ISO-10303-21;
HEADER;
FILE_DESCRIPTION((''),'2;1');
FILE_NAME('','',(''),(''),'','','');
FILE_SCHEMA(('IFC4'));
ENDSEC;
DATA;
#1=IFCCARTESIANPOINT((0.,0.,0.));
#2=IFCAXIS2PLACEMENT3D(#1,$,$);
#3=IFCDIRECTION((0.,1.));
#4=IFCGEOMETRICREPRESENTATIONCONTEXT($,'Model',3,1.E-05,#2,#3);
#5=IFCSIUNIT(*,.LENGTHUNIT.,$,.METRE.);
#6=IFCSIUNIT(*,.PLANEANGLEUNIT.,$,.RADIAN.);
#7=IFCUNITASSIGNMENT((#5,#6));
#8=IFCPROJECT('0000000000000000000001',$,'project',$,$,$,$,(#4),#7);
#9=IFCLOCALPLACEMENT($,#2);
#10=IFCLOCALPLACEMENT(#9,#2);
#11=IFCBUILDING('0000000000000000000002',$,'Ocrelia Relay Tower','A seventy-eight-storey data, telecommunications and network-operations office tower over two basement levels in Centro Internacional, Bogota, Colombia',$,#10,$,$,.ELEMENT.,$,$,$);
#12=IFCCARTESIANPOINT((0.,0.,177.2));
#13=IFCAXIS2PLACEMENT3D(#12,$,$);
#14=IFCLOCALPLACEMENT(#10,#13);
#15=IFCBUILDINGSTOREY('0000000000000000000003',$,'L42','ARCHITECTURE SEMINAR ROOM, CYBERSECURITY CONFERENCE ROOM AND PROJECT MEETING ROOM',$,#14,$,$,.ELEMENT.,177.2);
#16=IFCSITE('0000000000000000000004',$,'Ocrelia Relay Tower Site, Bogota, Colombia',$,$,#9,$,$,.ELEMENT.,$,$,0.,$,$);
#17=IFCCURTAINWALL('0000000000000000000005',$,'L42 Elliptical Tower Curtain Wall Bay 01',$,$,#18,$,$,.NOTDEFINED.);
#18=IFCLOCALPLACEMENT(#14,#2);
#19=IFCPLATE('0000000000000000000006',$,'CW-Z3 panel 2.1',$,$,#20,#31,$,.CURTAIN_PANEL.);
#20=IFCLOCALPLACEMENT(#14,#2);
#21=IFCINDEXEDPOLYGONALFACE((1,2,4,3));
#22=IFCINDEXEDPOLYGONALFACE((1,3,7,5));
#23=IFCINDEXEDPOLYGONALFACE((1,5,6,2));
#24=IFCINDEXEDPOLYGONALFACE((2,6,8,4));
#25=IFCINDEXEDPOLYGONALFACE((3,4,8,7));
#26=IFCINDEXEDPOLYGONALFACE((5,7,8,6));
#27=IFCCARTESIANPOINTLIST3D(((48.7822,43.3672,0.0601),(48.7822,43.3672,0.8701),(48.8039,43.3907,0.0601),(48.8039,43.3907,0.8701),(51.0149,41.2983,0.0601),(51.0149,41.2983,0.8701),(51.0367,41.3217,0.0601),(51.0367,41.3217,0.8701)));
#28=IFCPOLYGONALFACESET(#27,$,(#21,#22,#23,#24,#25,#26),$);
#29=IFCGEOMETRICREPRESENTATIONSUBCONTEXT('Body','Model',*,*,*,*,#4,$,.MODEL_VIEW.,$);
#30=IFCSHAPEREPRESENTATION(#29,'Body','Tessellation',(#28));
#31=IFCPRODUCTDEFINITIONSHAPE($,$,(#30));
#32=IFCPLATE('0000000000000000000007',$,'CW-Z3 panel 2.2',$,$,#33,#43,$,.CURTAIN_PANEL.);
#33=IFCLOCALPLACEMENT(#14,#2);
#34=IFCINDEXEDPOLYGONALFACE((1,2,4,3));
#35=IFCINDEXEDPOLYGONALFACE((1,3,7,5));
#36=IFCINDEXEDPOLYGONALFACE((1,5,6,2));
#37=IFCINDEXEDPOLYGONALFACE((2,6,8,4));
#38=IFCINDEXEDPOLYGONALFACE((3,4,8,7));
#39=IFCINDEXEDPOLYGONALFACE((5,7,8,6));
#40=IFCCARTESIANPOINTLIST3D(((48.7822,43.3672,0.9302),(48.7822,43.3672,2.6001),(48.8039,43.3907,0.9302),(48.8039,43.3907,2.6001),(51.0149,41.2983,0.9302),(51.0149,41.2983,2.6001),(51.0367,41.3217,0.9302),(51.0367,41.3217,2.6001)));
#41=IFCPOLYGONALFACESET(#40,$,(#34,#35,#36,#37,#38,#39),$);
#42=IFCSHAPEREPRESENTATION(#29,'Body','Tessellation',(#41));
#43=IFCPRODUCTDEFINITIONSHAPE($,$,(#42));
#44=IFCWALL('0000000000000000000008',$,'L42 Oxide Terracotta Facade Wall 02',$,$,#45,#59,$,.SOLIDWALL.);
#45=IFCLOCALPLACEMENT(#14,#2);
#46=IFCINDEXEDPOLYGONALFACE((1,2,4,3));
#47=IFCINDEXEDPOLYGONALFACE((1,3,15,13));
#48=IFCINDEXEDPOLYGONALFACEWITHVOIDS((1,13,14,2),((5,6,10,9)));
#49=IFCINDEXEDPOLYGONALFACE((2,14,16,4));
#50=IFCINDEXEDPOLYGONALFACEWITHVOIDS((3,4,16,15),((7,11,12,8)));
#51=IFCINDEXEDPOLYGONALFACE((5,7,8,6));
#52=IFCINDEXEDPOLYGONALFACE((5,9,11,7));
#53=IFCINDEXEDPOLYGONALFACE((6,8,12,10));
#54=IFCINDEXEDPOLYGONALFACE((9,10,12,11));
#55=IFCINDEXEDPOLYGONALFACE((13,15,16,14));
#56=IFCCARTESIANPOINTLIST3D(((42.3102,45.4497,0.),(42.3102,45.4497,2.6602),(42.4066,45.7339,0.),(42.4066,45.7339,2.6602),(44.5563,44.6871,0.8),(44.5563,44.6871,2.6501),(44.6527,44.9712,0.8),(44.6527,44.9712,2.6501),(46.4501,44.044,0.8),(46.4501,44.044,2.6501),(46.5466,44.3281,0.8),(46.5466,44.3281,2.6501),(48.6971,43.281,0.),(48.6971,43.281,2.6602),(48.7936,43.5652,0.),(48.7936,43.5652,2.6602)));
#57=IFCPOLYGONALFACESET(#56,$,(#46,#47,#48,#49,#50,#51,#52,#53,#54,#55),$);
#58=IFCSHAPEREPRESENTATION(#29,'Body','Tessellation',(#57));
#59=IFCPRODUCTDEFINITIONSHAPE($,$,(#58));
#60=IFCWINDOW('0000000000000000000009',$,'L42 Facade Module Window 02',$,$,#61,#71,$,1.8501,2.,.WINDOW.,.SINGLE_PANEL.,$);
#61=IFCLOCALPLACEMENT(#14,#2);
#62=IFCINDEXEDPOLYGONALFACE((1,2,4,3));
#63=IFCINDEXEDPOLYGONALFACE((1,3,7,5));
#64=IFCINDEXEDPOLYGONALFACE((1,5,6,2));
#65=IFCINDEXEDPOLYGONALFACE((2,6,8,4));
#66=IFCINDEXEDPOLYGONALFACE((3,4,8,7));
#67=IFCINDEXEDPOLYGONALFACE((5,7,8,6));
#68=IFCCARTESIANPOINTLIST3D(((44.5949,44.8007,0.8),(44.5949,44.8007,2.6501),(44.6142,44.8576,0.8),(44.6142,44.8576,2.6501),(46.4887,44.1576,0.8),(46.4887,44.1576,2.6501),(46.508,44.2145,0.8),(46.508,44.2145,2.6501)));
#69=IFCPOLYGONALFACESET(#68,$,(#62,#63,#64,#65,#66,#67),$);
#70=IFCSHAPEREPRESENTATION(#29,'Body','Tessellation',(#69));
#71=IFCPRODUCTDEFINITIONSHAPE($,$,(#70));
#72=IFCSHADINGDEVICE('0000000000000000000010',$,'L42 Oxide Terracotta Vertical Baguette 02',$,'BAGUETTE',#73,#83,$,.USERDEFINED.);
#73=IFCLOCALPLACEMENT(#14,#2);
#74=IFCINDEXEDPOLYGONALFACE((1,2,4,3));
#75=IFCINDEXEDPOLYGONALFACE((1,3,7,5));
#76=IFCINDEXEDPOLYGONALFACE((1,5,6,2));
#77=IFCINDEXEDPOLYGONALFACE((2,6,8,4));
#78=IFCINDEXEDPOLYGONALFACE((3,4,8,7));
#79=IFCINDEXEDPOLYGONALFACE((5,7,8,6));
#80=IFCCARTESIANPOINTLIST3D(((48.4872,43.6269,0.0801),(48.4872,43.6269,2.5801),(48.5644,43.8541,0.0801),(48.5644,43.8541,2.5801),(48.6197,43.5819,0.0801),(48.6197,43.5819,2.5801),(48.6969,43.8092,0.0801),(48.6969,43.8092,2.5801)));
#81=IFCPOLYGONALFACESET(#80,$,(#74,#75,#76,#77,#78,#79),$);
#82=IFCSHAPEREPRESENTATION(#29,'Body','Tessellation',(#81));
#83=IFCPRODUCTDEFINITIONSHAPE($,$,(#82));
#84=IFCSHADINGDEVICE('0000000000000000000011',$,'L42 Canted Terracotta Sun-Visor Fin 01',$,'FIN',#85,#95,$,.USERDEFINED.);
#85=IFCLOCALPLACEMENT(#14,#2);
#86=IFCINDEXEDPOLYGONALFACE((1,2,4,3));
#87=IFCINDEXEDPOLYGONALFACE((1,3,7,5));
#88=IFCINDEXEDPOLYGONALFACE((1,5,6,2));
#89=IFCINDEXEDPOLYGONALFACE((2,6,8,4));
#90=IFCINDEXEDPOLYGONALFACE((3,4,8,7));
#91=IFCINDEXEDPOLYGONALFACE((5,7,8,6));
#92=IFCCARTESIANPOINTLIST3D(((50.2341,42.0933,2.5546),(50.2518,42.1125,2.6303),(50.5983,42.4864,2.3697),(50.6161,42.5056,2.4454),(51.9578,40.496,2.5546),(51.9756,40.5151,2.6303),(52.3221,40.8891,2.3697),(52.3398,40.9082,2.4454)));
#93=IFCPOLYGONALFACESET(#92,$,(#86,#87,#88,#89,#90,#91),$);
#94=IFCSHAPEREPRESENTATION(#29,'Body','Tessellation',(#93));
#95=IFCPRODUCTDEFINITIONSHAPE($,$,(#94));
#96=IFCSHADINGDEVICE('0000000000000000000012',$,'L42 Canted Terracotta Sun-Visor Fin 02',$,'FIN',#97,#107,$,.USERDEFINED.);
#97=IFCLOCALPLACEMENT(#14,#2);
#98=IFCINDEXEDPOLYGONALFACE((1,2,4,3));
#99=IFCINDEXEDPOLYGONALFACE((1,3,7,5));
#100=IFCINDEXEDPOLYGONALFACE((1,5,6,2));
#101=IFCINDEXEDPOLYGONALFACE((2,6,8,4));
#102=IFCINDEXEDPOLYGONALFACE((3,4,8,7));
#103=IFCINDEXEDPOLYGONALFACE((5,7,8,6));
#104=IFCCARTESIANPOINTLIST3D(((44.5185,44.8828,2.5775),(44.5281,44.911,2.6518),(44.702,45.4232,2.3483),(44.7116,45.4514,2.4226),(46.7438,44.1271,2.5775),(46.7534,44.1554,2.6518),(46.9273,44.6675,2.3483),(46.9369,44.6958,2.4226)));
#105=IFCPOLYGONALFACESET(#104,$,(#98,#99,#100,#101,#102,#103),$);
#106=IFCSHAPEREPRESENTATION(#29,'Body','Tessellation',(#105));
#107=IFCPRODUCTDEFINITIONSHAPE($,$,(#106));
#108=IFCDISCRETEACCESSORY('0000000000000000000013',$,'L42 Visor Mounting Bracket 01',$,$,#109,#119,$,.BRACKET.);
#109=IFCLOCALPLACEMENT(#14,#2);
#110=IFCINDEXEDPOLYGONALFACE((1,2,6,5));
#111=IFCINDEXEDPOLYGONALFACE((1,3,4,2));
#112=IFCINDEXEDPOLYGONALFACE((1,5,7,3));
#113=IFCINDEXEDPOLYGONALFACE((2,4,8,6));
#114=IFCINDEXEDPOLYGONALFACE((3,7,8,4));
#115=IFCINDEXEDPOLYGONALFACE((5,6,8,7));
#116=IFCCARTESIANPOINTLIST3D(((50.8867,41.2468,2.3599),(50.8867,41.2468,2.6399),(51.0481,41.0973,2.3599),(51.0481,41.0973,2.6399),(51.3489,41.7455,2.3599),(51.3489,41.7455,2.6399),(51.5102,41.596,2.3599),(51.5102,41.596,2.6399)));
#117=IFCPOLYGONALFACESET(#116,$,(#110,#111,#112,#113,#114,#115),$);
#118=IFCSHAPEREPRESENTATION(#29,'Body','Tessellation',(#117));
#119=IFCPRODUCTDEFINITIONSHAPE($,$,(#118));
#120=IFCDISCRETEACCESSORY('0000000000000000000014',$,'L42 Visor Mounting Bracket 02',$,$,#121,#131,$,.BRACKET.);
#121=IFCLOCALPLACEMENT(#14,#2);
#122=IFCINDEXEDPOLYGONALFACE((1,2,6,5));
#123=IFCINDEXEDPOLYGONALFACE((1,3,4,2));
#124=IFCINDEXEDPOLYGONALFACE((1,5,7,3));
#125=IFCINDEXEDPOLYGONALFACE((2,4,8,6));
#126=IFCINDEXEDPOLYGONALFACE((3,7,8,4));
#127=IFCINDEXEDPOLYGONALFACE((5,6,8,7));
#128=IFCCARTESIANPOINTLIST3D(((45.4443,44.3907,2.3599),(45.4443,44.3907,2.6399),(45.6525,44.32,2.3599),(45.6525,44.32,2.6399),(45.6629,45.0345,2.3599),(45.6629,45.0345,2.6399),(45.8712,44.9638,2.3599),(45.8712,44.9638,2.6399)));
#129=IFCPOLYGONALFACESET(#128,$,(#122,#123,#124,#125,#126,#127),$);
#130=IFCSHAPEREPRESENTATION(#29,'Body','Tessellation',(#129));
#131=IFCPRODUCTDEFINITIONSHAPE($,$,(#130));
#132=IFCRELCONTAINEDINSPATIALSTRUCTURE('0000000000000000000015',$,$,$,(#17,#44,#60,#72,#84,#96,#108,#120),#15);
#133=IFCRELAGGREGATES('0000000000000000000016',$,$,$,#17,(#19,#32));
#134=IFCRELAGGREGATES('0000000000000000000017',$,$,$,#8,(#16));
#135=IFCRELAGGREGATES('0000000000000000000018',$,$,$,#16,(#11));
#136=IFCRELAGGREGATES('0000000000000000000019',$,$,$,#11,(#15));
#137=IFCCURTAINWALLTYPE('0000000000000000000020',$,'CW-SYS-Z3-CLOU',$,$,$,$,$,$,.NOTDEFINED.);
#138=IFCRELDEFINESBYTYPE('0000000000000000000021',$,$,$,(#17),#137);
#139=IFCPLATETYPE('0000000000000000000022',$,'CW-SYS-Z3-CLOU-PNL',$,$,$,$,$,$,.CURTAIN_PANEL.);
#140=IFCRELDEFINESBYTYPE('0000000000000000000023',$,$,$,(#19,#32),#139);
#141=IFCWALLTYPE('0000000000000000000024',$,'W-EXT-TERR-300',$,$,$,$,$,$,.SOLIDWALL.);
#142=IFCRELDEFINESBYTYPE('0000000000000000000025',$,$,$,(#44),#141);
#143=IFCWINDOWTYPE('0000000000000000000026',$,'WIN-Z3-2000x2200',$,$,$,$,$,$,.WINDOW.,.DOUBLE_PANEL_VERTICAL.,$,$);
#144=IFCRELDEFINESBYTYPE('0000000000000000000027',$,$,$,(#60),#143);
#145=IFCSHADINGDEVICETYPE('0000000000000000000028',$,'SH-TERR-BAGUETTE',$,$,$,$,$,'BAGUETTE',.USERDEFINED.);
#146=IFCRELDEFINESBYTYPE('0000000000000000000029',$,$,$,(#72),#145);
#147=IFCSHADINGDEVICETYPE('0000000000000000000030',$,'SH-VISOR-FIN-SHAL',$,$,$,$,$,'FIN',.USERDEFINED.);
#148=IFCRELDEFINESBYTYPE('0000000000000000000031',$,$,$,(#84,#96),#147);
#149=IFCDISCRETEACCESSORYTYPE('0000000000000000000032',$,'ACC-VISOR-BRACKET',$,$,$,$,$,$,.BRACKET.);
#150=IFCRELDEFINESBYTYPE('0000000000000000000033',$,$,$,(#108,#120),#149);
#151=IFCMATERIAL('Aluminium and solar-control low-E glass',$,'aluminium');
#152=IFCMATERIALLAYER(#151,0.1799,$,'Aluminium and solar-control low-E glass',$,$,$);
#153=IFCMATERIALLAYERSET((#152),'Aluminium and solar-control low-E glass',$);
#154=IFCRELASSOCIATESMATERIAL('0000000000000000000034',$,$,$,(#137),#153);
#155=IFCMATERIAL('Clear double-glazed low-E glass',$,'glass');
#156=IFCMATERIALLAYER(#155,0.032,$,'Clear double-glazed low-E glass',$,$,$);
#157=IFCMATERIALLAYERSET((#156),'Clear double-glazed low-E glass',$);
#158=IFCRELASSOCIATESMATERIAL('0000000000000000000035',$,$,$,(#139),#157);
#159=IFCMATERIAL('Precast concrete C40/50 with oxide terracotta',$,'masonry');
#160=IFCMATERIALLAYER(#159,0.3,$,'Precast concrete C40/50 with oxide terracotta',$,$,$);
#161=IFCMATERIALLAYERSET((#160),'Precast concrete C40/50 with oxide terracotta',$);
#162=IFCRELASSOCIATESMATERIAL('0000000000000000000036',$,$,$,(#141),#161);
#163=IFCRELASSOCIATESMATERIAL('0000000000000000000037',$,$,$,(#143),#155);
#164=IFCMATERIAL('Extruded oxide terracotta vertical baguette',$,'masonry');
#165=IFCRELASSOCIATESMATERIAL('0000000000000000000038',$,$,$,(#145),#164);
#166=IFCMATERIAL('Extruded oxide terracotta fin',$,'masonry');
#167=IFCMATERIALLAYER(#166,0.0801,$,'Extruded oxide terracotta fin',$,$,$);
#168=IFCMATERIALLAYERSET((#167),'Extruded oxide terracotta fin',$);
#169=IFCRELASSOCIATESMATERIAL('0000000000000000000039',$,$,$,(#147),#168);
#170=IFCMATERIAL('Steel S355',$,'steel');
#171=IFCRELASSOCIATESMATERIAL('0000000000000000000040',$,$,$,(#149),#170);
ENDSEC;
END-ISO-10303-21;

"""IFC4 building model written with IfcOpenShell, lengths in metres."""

from ifc_helpers import new_model, si_unit, direction, frame, frame_2d, origin, origin_2d, place, context, subcontext, project, spatial, rectangle, extrude, material, layer, layer_set, type_object, element, fill, aggregate, save


model = new_model("IFC4")

# Units and contexts
model_context = context("Model", 3, precision=1e-05, world=origin(), true_north=direction((0.0, 1.0)))
body_context = subcontext(model_context, "Body", "Model", "MODEL_VIEW")
ifc_project = project(units=[si_unit("LENGTHUNIT", "METRE"), si_unit("PLANEANGLEUNIT", "RADIAN")], contexts=[model_context])

# Site, building, storey
site_placement = place(None, origin())
site = spatial("IfcSite", under=ifc_project, at=site_placement, Name="Ocrelia Relay Tower Site, Bogota, Colombia", CompositionType="ELEMENT", RefElevation=0.0)
building_placement = place(site_placement, origin())
building = spatial("IfcBuilding", under=site, at=building_placement, Name="Ocrelia Relay Tower", Description="A seventy-eight-storey data, telecommunications and network-operations office tower over two basement levels in Centro Internacional, Bogota, Colombia", CompositionType="ELEMENT")
storey_placement = place(building_placement, frame((0.0, 0.0, 177.2)))
storey = spatial("IfcBuildingStorey", under=building, at=storey_placement, Name="L42", Description="ARCHITECTURE SEMINAR ROOM, CYBERSECURITY CONFERENCE ROOM AND PROJECT MEETING ROOM", CompositionType="ELEMENT", Elevation=177.2)

# Curtain wall, plates
ifc_material_1 = material(Name="Aluminium and solar-control low-E glass", Category="aluminium")
ifc_layer_1 = layer(ifc_material_1, 0.1799, Name="Aluminium and solar-control low-E glass")
ifc_layer_set_1 = layer_set([ifc_layer_1], Name="Aluminium and solar-control low-E glass")
curtain_wall_type = type_object("IfcCurtainWallType", Name="CW-SYS-Z3-CLOU", PredefinedType="NOTDEFINED", material=ifc_layer_set_1)
curtain_wall_placement = place(storey_placement, origin())
curtain_wall = element("IfcCurtainWall", 1, at=curtain_wall_placement, inside=storey, type_object=curtain_wall_type, Name="L42 Elliptical Tower Curtain Wall Bay 01", PredefinedType="NOTDEFINED")
ifc_material_2 = material(Name="Clear double-glazed low-E glass", Category="glass")
ifc_layer_2 = layer(ifc_material_2, 0.032, Name="Clear double-glazed low-E glass")
ifc_layer_set_2 = layer_set([ifc_layer_2], Name="Clear double-glazed low-E glass")
plate_type = type_object("IfcPlateType", Name="CW-SYS-Z3-CLOU-PNL", PredefinedType="CURTAIN_PANEL", material=ifc_layer_set_2)
plate_1_placement = place(storey_placement, frame((49.9094, 42.3445, 0.0601), z_axis=(0.0, 0.0, 1.0), x_axis=(-0.733494, 0.679696, 0.0)))
plate_1 = element("IfcPlate", 2, at=plate_1_placement, type_object=plate_type, Name="CW-Z3 panel 2.1", PredefinedType="CURTAIN_PANEL", context=body_context, shape_type="SweptSolid", body=[
    extrude(rectangle(XDim=3.0439, YDim=0.032, at=origin_2d()), origin(), (0.0, 0.0, 1.0), 0.8101),
])
plate_2_placement = place(storey_placement, frame((49.9094, 42.3445, 0.9302), z_axis=(0.0, 0.0, 1.0), x_axis=(-0.733494, 0.679696, 0.0)))
plate_2 = element("IfcPlate", 3, at=plate_2_placement, type_object=plate_type, Name="CW-Z3 panel 2.2", PredefinedType="CURTAIN_PANEL", context=body_context, shape_type="SweptSolid", body=[
    extrude(rectangle(XDim=3.0439, YDim=0.032, at=origin_2d()), origin(), (0.0, 0.0, 1.0), 1.6699),
])
aggregate(curtain_wall, [plate_1, plate_2])

# Wall, opening, window
ifc_material_3 = material(Name="Precast concrete C40/50 with oxide terracotta", Category="masonry")
ifc_layer_3 = layer(ifc_material_3, 0.3, Name="Precast concrete C40/50 with oxide terracotta")
ifc_layer_set_3 = layer_set([ifc_layer_3], Name="Precast concrete C40/50 with oxide terracotta")
wall_type = type_object("IfcWallType", Name="W-EXT-TERR-300", PredefinedType="SOLIDWALL", material=ifc_layer_set_3)
wall_placement = place(storey_placement, frame((48.7454, 43.4231, 0.0), z_axis=(0.0, 0.0, 1.0), x_axis=(-0.946902, 0.321522, 0.0)))
wall = element("IfcWall", 4, at=wall_placement, inside=storey, type_object=wall_type, Name="L42 Oxide Terracotta Facade Wall 02", PredefinedType="SOLIDWALL", context=body_context, shape_type="SweptSolid", body=[
    extrude(rectangle(XDim=6.7451, YDim=0.3, at=frame_2d((3.3726, 0.0))), origin(), (0.0, 0.0, 1.0), 2.6602),
])
opening_placement = place(wall_placement, frame((2.373, 0.0, 0.8)))
opening = element("IfcOpeningElement", 5, at=opening_placement, cuts=wall, PredefinedType="OPENING", context=body_context, shape_type="SweptSolid", body=[
    extrude(rectangle(XDim=2.0, YDim=1.8501, at=frame_2d((1.0, 0.925))), frame((0.0, 0.1602, 0.0), z_axis=(0.0, -1.0, 0.0), x_axis=(1.0, 0.0, 0.0)), (0.0, 0.0, 1.0), 0.3201),
])
window_type = type_object("IfcWindowType", Name="WIN-Z3-2000x2200", PartitioningType="DOUBLE_PANEL_VERTICAL", PredefinedType="WINDOW", material=ifc_material_2)
window_placement = place(opening_placement, origin())
window = element("IfcWindow", 6, at=window_placement, inside=storey, type_object=window_type, Name="L42 Facade Module Window 02", OverallHeight=1.8501, OverallWidth=2.0, PartitioningType="SINGLE_PANEL", PredefinedType="WINDOW", context=body_context, shape_type="SweptSolid", body=[
    extrude(rectangle(XDim=2.0, YDim=1.8501, at=frame_2d((1.0, 0.925))), frame((0.0, 0.03, 0.0), z_axis=(0.0, -1.0, 0.0), x_axis=(1.0, 0.0, 0.0)), (0.0, 0.0, 1.0), 0.0601),
])
fill(opening, window)

# Shading devices
ifc_material_4 = material(Name="Extruded oxide terracotta vertical baguette", Category="masonry")
shading_device_type_1 = type_object("IfcShadingDeviceType", Name="SH-TERR-BAGUETTE", ElementType="BAGUETTE", PredefinedType="USERDEFINED", material=ifc_material_4)
shading_device_1_placement = place(storey_placement, frame((48.592, 43.718, 0.0801), z_axis=(0.0, 0.0, 1.0), x_axis=(-0.946897, 0.321538, 0.0)))
element("IfcShadingDevice", 7, at=shading_device_1_placement, inside=storey, type_object=shading_device_type_1, Name="L42 Oxide Terracotta Vertical Baguette 02", ObjectType="BAGUETTE", PredefinedType="USERDEFINED", context=body_context, shape_type="SweptSolid", body=[
    extrude(rectangle(XDim=0.1399, YDim=0.24, at=origin_2d()), origin(), (0.0, 0.0, 1.0), 2.5),
])
ifc_material_5 = material(Name="Extruded oxide terracotta fin", Category="masonry")
ifc_layer_4 = layer(ifc_material_5, 0.0801, Name="Extruded oxide terracotta fin")
ifc_layer_set_4 = layer_set([ifc_layer_4], Name="Extruded oxide terracotta fin")
shading_device_type_2 = type_object("IfcShadingDeviceType", Name="SH-VISOR-FIN-SHAL", ElementType="FIN", PredefinedType="USERDEFINED", material=ifc_layer_set_4)
shading_device_2_placement = place(storey_placement, frame((51.2781, 41.4912, 2.4622), z_axis=(0.221624, 0.239166, 0.945348), x_axis=(-0.733494, 0.679696, 0.0)))
element("IfcShadingDevice", 8, at=shading_device_2_placement, inside=storey, type_object=shading_device_type_2, Name="L42 Canted Terracotta Sun-Visor Fin 01", ObjectType="FIN", PredefinedType="USERDEFINED", context=body_context, shape_type="SweptSolid", body=[
    extrude(rectangle(XDim=2.3501, YDim=0.5669, at=origin_2d()), origin(), (0.0, 0.0, 1.0), 0.0801),
])
shading_device_3_placement = place(storey_placement, frame((45.7229, 44.7751, 2.4629), z_axis=(0.119826, 0.352874, 0.927966), x_axis=(-0.946897, 0.321538, 0.0)))
element("IfcShadingDevice", 9, at=shading_device_3_placement, inside=storey, type_object=shading_device_type_2, Name="L42 Canted Terracotta Sun-Visor Fin 02", ObjectType="FIN", PredefinedType="USERDEFINED", context=body_context, shape_type="SweptSolid", body=[
    extrude(rectangle(XDim=2.3501, YDim=0.615, at=origin_2d()), origin(), (0.0, 0.0, 1.0), 0.0801),
])

# Discrete accessories
ifc_material_6 = material(Name="Steel S355", Category="steel")
discrete_accessory_type = type_object("IfcDiscreteAccessoryType", Name="ACC-VISOR-BRACKET", PredefinedType="BRACKET", material=ifc_material_6)
for number, where, z_axis, x_axis, name in (
    (10, (51.1985, 41.4214, 2.3599), (0.0, 0.0, 1.0), (-0.733494, 0.679696, 0.0), "L42 Visor Mounting Bracket 01"),
    (11, (45.6577, 44.6772, 2.3599), (0.0, 0.0, 1.0), (-0.946897, 0.321538, 0.0), "L42 Visor Mounting Bracket 02"),
):
    element("IfcDiscreteAccessory", number, at=place(storey_placement, frame(where, z_axis=z_axis, x_axis=x_axis)), inside=storey, type_object=discrete_accessory_type, Name=name, PredefinedType="BRACKET", context=body_context, shape_type="SweptSolid", body=[
        extrude(rectangle(XDim=0.22, YDim=0.6799, at=origin_2d()), origin(), (0.0, 0.0, 1.0), 0.28),
    ])

save(model, "model.ifc")
